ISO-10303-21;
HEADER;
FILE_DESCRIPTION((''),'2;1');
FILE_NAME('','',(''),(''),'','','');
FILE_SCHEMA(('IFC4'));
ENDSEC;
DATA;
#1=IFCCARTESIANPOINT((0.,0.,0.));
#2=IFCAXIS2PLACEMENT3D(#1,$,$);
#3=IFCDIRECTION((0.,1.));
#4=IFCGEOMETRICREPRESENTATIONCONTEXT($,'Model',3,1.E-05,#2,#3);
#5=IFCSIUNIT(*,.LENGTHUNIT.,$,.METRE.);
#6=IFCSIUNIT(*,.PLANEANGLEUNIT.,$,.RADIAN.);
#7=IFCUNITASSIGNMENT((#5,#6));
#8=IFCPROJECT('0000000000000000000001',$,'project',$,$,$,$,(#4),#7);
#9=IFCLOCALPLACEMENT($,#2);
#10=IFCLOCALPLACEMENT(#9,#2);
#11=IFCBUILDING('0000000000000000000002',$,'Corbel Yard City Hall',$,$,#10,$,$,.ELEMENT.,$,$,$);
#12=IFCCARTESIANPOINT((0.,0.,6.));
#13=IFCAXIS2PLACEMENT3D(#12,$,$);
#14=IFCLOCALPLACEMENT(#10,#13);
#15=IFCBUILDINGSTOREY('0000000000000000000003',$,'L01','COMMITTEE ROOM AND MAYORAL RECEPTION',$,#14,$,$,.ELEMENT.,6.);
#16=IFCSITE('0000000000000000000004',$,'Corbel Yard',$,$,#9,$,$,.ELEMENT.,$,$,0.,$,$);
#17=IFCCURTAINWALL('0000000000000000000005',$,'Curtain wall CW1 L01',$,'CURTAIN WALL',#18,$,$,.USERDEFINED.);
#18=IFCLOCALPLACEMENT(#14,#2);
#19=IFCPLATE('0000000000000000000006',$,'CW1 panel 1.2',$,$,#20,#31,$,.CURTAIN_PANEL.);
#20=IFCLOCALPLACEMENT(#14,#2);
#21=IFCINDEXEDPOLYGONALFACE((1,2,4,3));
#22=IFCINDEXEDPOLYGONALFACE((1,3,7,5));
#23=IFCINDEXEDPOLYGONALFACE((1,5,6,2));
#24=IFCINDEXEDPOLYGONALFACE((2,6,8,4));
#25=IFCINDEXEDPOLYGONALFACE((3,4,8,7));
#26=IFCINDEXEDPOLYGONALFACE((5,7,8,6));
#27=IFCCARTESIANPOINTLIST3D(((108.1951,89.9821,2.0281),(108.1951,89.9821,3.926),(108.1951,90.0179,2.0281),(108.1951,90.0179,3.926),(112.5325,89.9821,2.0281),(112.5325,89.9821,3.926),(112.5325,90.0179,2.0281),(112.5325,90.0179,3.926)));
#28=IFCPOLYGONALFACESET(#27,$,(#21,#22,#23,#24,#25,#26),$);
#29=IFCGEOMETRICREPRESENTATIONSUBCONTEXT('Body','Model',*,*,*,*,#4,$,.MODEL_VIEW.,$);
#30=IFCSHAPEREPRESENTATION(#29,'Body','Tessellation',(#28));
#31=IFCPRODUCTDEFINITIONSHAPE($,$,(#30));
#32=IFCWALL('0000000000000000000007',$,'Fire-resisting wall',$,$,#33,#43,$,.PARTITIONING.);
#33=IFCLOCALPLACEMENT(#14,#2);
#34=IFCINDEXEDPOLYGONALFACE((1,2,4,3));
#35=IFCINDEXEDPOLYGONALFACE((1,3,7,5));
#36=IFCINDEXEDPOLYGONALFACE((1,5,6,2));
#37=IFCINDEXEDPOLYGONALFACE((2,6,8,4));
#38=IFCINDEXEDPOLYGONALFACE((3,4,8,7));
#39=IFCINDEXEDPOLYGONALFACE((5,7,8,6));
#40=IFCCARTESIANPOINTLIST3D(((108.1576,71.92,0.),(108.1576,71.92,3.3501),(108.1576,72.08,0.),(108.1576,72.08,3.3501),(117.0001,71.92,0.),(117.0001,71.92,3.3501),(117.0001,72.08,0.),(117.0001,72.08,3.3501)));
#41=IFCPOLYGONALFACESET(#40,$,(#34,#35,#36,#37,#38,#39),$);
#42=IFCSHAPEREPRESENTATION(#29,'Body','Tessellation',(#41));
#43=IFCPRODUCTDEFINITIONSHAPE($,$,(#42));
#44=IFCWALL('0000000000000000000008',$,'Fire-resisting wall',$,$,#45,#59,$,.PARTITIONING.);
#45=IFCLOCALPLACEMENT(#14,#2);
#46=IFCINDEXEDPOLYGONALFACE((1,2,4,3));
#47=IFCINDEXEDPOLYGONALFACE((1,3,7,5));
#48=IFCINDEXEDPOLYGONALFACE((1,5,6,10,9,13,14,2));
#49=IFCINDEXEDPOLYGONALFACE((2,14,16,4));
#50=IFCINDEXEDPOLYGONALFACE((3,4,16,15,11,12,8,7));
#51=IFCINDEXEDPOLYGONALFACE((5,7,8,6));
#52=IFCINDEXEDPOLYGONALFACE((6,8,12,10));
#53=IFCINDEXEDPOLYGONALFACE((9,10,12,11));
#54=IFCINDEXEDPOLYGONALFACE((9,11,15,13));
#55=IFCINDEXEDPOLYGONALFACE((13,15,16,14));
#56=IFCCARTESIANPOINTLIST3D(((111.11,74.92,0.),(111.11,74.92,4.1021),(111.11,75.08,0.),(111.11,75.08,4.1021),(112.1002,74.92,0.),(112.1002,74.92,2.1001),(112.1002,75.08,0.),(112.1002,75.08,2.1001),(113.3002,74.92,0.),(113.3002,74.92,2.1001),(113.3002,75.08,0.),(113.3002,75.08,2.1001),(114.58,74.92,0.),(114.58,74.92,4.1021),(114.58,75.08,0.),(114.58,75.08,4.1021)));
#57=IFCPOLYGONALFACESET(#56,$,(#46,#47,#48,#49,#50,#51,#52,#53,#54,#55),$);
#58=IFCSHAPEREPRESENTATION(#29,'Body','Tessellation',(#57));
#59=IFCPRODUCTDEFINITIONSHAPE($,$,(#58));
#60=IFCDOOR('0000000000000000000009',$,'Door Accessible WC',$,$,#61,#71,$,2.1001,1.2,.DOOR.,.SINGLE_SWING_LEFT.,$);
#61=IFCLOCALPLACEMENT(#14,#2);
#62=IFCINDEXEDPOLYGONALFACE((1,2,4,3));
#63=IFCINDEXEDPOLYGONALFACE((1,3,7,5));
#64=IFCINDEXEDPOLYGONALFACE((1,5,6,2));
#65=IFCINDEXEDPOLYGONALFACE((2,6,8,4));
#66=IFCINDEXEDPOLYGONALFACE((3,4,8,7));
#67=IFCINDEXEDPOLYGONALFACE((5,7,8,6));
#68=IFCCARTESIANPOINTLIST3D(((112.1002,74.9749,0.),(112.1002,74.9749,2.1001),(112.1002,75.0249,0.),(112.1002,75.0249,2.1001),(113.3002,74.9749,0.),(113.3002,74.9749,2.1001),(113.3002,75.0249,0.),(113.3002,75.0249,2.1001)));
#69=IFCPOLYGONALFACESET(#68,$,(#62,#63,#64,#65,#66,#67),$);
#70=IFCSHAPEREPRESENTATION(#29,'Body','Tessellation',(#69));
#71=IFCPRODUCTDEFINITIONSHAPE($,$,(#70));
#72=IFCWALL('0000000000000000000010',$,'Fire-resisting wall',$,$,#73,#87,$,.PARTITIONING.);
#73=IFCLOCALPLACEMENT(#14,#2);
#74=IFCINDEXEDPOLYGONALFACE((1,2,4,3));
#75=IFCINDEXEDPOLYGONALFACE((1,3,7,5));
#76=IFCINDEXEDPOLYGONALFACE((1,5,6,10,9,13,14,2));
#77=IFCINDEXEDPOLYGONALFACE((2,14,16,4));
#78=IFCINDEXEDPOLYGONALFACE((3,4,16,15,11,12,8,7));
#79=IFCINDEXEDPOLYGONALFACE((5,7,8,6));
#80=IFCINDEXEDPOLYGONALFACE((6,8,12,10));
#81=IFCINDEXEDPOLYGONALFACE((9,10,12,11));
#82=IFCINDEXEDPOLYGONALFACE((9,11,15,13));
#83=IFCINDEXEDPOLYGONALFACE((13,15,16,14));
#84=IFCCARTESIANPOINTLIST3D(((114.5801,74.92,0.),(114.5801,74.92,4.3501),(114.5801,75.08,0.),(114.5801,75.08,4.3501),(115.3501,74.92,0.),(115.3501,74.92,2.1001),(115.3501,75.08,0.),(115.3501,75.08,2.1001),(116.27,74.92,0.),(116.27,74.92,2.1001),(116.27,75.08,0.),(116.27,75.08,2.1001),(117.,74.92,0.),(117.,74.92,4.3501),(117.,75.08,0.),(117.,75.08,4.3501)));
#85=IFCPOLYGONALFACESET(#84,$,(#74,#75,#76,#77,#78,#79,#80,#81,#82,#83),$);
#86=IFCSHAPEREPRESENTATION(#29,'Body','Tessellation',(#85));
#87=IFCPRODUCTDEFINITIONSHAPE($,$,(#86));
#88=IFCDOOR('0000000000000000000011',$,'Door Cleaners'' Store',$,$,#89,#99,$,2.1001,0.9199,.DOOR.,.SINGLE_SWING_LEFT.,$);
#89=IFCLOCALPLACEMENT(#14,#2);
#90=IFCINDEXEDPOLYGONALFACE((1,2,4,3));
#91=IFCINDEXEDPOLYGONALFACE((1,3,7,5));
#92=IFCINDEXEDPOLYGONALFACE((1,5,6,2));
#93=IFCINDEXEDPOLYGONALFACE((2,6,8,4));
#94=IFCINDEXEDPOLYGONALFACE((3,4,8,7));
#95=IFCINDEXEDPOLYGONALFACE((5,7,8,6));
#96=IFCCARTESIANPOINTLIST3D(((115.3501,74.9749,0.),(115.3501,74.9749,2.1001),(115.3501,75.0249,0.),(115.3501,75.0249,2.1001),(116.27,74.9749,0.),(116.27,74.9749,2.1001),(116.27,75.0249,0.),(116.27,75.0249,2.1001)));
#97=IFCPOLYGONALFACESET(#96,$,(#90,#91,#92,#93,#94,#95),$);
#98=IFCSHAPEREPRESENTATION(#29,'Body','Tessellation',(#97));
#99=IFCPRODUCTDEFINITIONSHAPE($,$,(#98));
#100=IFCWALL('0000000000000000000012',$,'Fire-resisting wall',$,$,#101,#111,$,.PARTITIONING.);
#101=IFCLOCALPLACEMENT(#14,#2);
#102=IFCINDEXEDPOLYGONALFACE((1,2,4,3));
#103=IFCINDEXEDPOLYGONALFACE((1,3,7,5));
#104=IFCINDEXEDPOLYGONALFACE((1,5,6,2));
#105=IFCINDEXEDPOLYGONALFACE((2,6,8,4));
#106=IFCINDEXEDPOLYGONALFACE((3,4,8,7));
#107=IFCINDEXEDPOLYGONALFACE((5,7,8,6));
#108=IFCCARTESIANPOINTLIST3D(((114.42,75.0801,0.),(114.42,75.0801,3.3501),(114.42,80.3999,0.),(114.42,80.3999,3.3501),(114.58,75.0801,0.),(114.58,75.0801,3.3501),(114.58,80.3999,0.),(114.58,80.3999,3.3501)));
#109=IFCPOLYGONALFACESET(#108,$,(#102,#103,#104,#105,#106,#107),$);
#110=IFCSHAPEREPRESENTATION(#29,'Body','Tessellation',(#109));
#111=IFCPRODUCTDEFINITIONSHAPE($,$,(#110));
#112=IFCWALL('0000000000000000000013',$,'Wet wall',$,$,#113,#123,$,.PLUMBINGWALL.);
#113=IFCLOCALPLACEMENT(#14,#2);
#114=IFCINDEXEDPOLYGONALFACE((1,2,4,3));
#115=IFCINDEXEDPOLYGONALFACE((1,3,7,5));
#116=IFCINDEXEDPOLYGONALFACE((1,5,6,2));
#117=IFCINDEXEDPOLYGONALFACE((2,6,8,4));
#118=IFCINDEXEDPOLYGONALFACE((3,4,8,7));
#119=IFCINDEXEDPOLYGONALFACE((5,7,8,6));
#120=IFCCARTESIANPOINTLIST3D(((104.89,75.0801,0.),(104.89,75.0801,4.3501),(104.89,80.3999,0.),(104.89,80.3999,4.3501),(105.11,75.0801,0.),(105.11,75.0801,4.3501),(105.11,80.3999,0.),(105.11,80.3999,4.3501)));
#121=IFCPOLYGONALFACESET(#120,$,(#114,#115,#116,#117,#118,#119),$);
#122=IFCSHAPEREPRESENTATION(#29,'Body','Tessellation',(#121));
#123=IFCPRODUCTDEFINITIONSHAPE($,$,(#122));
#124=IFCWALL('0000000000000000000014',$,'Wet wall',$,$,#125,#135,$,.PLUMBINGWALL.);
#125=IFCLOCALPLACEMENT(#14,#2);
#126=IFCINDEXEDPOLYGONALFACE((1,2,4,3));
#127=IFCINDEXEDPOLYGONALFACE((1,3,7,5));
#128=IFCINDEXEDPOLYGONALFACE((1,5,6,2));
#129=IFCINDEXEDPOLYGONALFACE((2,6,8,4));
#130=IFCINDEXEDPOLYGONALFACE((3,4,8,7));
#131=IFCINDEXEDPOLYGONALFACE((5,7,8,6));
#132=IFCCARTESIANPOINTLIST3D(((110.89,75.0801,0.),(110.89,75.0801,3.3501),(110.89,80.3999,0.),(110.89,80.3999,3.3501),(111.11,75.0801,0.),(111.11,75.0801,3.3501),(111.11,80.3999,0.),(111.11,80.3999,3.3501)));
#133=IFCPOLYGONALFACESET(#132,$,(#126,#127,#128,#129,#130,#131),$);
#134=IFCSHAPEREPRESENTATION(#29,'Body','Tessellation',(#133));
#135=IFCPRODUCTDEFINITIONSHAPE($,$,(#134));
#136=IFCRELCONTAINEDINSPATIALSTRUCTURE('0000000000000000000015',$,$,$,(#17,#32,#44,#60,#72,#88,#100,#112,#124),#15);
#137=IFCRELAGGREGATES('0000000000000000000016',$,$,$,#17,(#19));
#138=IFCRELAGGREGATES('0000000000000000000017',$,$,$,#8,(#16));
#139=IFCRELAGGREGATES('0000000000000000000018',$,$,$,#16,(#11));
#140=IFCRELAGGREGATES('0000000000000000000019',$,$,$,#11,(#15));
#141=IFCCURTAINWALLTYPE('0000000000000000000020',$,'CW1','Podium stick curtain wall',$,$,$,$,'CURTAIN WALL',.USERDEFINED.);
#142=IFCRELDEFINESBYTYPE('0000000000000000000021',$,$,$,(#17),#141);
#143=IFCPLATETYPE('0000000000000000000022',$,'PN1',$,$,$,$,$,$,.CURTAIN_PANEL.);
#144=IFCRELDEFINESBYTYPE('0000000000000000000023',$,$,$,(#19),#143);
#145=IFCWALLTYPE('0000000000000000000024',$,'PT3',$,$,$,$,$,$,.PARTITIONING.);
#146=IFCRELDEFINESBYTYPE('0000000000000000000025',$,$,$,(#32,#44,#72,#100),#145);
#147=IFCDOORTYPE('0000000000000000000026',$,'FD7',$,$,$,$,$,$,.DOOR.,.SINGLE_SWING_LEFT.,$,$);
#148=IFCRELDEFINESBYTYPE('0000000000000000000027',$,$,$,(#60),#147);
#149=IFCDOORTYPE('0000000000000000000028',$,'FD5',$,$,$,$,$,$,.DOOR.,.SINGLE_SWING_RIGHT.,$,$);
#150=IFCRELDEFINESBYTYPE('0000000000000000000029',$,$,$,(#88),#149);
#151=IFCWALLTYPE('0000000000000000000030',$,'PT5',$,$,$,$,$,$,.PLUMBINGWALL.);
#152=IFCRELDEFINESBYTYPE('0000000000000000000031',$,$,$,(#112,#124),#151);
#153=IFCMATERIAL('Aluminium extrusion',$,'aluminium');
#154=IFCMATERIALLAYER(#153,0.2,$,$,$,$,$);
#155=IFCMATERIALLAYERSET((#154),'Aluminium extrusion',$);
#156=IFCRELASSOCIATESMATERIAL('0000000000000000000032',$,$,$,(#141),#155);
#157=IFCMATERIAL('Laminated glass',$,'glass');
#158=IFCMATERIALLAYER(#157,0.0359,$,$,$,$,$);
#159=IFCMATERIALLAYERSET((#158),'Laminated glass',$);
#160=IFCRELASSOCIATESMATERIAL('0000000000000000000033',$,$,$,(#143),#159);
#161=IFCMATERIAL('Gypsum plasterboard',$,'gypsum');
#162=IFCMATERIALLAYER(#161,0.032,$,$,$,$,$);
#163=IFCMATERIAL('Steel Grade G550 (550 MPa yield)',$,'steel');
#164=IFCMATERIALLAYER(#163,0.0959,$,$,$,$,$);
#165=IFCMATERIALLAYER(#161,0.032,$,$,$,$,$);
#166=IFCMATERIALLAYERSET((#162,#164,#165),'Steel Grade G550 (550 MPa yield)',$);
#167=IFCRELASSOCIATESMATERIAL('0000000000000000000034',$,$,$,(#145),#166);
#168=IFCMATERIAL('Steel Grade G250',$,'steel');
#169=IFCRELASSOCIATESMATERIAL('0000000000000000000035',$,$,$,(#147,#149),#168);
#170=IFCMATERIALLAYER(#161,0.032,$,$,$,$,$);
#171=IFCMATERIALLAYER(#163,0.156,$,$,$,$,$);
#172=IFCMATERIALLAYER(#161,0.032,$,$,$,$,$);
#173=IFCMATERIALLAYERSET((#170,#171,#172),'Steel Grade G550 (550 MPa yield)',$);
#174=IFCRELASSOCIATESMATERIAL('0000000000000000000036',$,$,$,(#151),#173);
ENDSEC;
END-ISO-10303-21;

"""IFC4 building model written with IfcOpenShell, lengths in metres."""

from ifc_helpers import new_model, si_unit, direction, frame, frame_2d, origin, origin_2d, place, context, subcontext, project, spatial, rectangle, extrude, material, layer, layer_set, type_object, element, fill, aggregate, save


model = new_model("IFC4")

# Units and contexts
model_context = context("Model", 3, precision=1e-05, world=origin(), true_north=direction((0.0, 1.0)))
body_context = subcontext(model_context, "Body", "Model", "MODEL_VIEW")
ifc_project = project(units=[si_unit("LENGTHUNIT", "METRE"), si_unit("PLANEANGLEUNIT", "RADIAN")], contexts=[model_context])

# Site, building, storey
site_placement = place(None, origin())
site = spatial("IfcSite", under=ifc_project, at=site_placement, Name="Corbel Yard", CompositionType="ELEMENT", RefElevation=0.0)
building_placement = place(site_placement, origin())
building = spatial("IfcBuilding", under=site, at=building_placement, Name="Corbel Yard City Hall", CompositionType="ELEMENT")
storey_placement = place(building_placement, frame((0.0, 0.0, 6.0)))
storey = spatial("IfcBuildingStorey", under=building, at=storey_placement, Name="L01", Description="COMMITTEE ROOM AND MAYORAL RECEPTION", CompositionType="ELEMENT", Elevation=6.0)

# Curtain wall
ifc_material_1 = material(Name="Aluminium extrusion", Category="aluminium")
ifc_layer_1 = layer(ifc_material_1, 0.2)
ifc_layer_set_1 = layer_set([ifc_layer_1], Name="Aluminium extrusion")
curtain_wall_type = type_object("IfcCurtainWallType", Name="CW1", Description="Podium stick curtain wall", ElementType="CURTAIN WALL", PredefinedType="USERDEFINED", material=ifc_layer_set_1)
curtain_wall_1_placement = place(storey_placement, origin())
curtain_wall_1 = element("IfcCurtainWall", 1, at=curtain_wall_1_placement, inside=storey, type_object=curtain_wall_type, Name="Curtain wall CW1 L01", ObjectType="CURTAIN WALL", PredefinedType="USERDEFINED")

# Plate
ifc_material_2 = material(Name="Laminated glass", Category="glass")
ifc_layer_2 = layer(ifc_material_2, 0.0359)
ifc_layer_set_2 = layer_set([ifc_layer_2], Name="Laminated glass")
plate_type = type_object("IfcPlateType", Name="PN1", PredefinedType="CURTAIN_PANEL", material=ifc_layer_set_2)
plate_1_placement = place(storey_placement, frame((110.3638, 90.0, 2.0281), z_axis=(0.0, 0.0, 1.0), x_axis=(1.0, 0.0, 0.0)))
plate_1 = element("IfcPlate", 2, at=plate_1_placement, type_object=plate_type, Name="CW1 panel 1.2", PredefinedType="CURTAIN_PANEL", context=body_context, shape_type="SweptSolid", body=[
    extrude(rectangle(XDim=4.3374, YDim=0.0359, at=origin_2d()), origin(), (0.0, 0.0, 1.0), 1.8979),
])
aggregate(curtain_wall_1, [plate_1])

# Wall
ifc_material_3 = material(Name="Gypsum plasterboard", Category="gypsum")
ifc_layer_3 = layer(ifc_material_3, 0.032)
ifc_material_4 = material(Name="Steel Grade G550 (550 MPa yield)", Category="steel")
ifc_layer_4 = layer(ifc_material_4, 0.0959)
ifc_layer_5 = layer(ifc_material_3, 0.032)
ifc_layer_set_3 = layer_set([ifc_layer_3, ifc_layer_4, ifc_layer_5], Name="Steel Grade G550 (550 MPa yield)")
wall_type_1 = type_object("IfcWallType", Name="PT3", PredefinedType="PARTITIONING", material=ifc_layer_set_3)
wall_1_placement = place(storey_placement, frame((108.1575, 72.0, 0.0), z_axis=(0.0, 0.0, 1.0), x_axis=(1.0, 0.0, 0.0)))
element("IfcWall", 3, at=wall_1_placement, inside=storey, type_object=wall_type_1, Name="Fire-resisting wall", PredefinedType="PARTITIONING", context=body_context, shape_type="SweptSolid", body=[
    extrude(rectangle(XDim=8.8425, YDim=0.1599, at=frame_2d((4.4214, 0.0))), origin(), (0.0, 0.0, 1.0), 3.3501),
])

# Walls, openings, doors
wall_2_placement = place(storey_placement, frame((111.1101, 75.0, 0.0), z_axis=(0.0, 0.0, 1.0), x_axis=(1.0, 0.0, 0.0)))
wall_2 = element("IfcWall", 4, at=wall_2_placement, inside=storey, type_object=wall_type_1, Name="Fire-resisting wall", PredefinedType="PARTITIONING", context=body_context, shape_type="SweptSolid", body=[
    extrude(rectangle(XDim=3.47, YDim=0.1599, at=frame_2d((1.7349, 0.0))), origin(), (0.0, 0.0, 1.0), 4.1021),
])
opening_1_placement = place(wall_2_placement, frame((0.99, 0.0, 0.0)))
opening_1 = element("IfcOpeningElement", 5, at=opening_1_placement, cuts=wall_2, PredefinedType="OPENING", context=body_context, shape_type="SweptSolid", body=[
    extrude(rectangle(XDim=1.2, YDim=2.1001, at=frame_2d((0.6001, 1.05))), frame((0.0, 0.0898, 0.0), z_axis=(0.0, -1.0, 0.0), x_axis=(1.0, 0.0, 0.0)), (0.0, 0.0, 1.0), 0.1799),
])
ifc_material_5 = material(Name="Steel Grade G250", Category="steel")
door_type_1 = type_object("IfcDoorType", Name="FD7", OperationType="SINGLE_SWING_LEFT", PredefinedType="DOOR", material=ifc_material_5)
door_1_placement = place(opening_1_placement, origin())
door_1 = element("IfcDoor", 6, at=door_1_placement, inside=storey, type_object=door_type_1, Name="Door Accessible WC", OperationType="SINGLE_SWING_LEFT", OverallHeight=2.1001, OverallWidth=1.2, PredefinedType="DOOR", context=body_context, shape_type="SweptSolid", body=[
    extrude(rectangle(XDim=1.2, YDim=2.1001, at=frame_2d((0.6001, 1.05))), frame((0.0, 0.0249, 0.0), z_axis=(0.0, -1.0, 0.0), x_axis=(1.0, 0.0, 0.0)), (0.0, 0.0, 1.0), 0.05),
])
fill(opening_1, door_1)
wall_3_placement = place(storey_placement, frame((114.5801, 75.0, 0.0), z_axis=(0.0, 0.0, 1.0), x_axis=(1.0, 0.0, 0.0)))
wall_3 = element("IfcWall", 7, at=wall_3_placement, inside=storey, type_object=wall_type_1, Name="Fire-resisting wall", PredefinedType="PARTITIONING", context=body_context, shape_type="SweptSolid", body=[
    extrude(rectangle(XDim=2.4199, YDim=0.1599, at=frame_2d((1.21, 0.0))), origin(), (0.0, 0.0, 1.0), 4.3501),
])
opening_2_placement = place(wall_3_placement, frame((0.77, 0.0, 0.0)))
opening_2 = element("IfcOpeningElement", 8, at=opening_2_placement, cuts=wall_3, PredefinedType="OPENING", context=body_context, shape_type="SweptSolid", body=[
    extrude(rectangle(XDim=0.9199, YDim=2.1001, at=frame_2d((0.46, 1.05))), frame((0.0, 0.0898, 0.0), z_axis=(0.0, -1.0, 0.0), x_axis=(1.0, 0.0, 0.0)), (0.0, 0.0, 1.0), 0.1799),
])
door_type_2 = type_object("IfcDoorType", Name="FD5", OperationType="SINGLE_SWING_RIGHT", PredefinedType="DOOR", material=ifc_material_5)
door_2_placement = place(opening_2_placement, origin())
door_2 = element("IfcDoor", 9, at=door_2_placement, inside=storey, type_object=door_type_2, Name="Door Cleaners' Store", OperationType="SINGLE_SWING_LEFT", OverallHeight=2.1001, OverallWidth=0.9199, PredefinedType="DOOR", context=body_context, shape_type="SweptSolid", body=[
    extrude(rectangle(XDim=0.9199, YDim=2.1001, at=frame_2d((0.46, 1.05))), frame((0.0, 0.0249, 0.0), z_axis=(0.0, -1.0, 0.0), x_axis=(1.0, 0.0, 0.0)), (0.0, 0.0, 1.0), 0.05),
])
fill(opening_2, door_2)

# Walls
wall_4_placement = place(storey_placement, frame((114.5, 75.0801, 0.0), z_axis=(0.0, 0.0, 1.0), x_axis=(0.0, 1.0, 0.0)))
element("IfcWall", 10, at=wall_4_placement, inside=storey, type_object=wall_type_1, Name="Fire-resisting wall", PredefinedType="PARTITIONING", context=body_context, shape_type="SweptSolid", body=[
    extrude(rectangle(XDim=5.3198, YDim=0.1599, at=frame_2d((2.6599, 0.0))), origin(), (0.0, 0.0, 1.0), 3.3501),
])
ifc_layer_6 = layer(ifc_material_3, 0.032)
ifc_layer_7 = layer(ifc_material_4, 0.156)
ifc_layer_8 = layer(ifc_material_3, 0.032)
ifc_layer_set_4 = layer_set([ifc_layer_6, ifc_layer_7, ifc_layer_8], Name="Steel Grade G550 (550 MPa yield)")
wall_type_2 = type_object("IfcWallType", Name="PT5", PredefinedType="PLUMBINGWALL", material=ifc_layer_set_4)
wall_5_placement = place(storey_placement, frame((105.0, 75.0801, 0.0), z_axis=(0.0, 0.0, 1.0), x_axis=(0.0, 1.0, 0.0)))
element("IfcWall", 11, at=wall_5_placement, inside=storey, type_object=wall_type_2, Name="Wet wall", PredefinedType="PLUMBINGWALL", context=body_context, shape_type="SweptSolid", body=[
    extrude(rectangle(XDim=5.3198, YDim=0.22, at=frame_2d((2.6599, 0.0))), origin(), (0.0, 0.0, 1.0), 4.3501),
])
wall_6_placement = place(storey_placement, frame((111.0, 75.0801, 0.0), z_axis=(0.0, 0.0, 1.0), x_axis=(0.0, 1.0, 0.0)))
element("IfcWall", 12, at=wall_6_placement, inside=storey, type_object=wall_type_2, Name="Wet wall", PredefinedType="PLUMBINGWALL", context=body_context, shape_type="SweptSolid", body=[
    extrude(rectangle(XDim=5.3198, YDim=0.22, at=frame_2d((2.6599, 0.0))), origin(), (0.0, 0.0, 1.0), 3.3501),
])

save(model, "model.ifc")
